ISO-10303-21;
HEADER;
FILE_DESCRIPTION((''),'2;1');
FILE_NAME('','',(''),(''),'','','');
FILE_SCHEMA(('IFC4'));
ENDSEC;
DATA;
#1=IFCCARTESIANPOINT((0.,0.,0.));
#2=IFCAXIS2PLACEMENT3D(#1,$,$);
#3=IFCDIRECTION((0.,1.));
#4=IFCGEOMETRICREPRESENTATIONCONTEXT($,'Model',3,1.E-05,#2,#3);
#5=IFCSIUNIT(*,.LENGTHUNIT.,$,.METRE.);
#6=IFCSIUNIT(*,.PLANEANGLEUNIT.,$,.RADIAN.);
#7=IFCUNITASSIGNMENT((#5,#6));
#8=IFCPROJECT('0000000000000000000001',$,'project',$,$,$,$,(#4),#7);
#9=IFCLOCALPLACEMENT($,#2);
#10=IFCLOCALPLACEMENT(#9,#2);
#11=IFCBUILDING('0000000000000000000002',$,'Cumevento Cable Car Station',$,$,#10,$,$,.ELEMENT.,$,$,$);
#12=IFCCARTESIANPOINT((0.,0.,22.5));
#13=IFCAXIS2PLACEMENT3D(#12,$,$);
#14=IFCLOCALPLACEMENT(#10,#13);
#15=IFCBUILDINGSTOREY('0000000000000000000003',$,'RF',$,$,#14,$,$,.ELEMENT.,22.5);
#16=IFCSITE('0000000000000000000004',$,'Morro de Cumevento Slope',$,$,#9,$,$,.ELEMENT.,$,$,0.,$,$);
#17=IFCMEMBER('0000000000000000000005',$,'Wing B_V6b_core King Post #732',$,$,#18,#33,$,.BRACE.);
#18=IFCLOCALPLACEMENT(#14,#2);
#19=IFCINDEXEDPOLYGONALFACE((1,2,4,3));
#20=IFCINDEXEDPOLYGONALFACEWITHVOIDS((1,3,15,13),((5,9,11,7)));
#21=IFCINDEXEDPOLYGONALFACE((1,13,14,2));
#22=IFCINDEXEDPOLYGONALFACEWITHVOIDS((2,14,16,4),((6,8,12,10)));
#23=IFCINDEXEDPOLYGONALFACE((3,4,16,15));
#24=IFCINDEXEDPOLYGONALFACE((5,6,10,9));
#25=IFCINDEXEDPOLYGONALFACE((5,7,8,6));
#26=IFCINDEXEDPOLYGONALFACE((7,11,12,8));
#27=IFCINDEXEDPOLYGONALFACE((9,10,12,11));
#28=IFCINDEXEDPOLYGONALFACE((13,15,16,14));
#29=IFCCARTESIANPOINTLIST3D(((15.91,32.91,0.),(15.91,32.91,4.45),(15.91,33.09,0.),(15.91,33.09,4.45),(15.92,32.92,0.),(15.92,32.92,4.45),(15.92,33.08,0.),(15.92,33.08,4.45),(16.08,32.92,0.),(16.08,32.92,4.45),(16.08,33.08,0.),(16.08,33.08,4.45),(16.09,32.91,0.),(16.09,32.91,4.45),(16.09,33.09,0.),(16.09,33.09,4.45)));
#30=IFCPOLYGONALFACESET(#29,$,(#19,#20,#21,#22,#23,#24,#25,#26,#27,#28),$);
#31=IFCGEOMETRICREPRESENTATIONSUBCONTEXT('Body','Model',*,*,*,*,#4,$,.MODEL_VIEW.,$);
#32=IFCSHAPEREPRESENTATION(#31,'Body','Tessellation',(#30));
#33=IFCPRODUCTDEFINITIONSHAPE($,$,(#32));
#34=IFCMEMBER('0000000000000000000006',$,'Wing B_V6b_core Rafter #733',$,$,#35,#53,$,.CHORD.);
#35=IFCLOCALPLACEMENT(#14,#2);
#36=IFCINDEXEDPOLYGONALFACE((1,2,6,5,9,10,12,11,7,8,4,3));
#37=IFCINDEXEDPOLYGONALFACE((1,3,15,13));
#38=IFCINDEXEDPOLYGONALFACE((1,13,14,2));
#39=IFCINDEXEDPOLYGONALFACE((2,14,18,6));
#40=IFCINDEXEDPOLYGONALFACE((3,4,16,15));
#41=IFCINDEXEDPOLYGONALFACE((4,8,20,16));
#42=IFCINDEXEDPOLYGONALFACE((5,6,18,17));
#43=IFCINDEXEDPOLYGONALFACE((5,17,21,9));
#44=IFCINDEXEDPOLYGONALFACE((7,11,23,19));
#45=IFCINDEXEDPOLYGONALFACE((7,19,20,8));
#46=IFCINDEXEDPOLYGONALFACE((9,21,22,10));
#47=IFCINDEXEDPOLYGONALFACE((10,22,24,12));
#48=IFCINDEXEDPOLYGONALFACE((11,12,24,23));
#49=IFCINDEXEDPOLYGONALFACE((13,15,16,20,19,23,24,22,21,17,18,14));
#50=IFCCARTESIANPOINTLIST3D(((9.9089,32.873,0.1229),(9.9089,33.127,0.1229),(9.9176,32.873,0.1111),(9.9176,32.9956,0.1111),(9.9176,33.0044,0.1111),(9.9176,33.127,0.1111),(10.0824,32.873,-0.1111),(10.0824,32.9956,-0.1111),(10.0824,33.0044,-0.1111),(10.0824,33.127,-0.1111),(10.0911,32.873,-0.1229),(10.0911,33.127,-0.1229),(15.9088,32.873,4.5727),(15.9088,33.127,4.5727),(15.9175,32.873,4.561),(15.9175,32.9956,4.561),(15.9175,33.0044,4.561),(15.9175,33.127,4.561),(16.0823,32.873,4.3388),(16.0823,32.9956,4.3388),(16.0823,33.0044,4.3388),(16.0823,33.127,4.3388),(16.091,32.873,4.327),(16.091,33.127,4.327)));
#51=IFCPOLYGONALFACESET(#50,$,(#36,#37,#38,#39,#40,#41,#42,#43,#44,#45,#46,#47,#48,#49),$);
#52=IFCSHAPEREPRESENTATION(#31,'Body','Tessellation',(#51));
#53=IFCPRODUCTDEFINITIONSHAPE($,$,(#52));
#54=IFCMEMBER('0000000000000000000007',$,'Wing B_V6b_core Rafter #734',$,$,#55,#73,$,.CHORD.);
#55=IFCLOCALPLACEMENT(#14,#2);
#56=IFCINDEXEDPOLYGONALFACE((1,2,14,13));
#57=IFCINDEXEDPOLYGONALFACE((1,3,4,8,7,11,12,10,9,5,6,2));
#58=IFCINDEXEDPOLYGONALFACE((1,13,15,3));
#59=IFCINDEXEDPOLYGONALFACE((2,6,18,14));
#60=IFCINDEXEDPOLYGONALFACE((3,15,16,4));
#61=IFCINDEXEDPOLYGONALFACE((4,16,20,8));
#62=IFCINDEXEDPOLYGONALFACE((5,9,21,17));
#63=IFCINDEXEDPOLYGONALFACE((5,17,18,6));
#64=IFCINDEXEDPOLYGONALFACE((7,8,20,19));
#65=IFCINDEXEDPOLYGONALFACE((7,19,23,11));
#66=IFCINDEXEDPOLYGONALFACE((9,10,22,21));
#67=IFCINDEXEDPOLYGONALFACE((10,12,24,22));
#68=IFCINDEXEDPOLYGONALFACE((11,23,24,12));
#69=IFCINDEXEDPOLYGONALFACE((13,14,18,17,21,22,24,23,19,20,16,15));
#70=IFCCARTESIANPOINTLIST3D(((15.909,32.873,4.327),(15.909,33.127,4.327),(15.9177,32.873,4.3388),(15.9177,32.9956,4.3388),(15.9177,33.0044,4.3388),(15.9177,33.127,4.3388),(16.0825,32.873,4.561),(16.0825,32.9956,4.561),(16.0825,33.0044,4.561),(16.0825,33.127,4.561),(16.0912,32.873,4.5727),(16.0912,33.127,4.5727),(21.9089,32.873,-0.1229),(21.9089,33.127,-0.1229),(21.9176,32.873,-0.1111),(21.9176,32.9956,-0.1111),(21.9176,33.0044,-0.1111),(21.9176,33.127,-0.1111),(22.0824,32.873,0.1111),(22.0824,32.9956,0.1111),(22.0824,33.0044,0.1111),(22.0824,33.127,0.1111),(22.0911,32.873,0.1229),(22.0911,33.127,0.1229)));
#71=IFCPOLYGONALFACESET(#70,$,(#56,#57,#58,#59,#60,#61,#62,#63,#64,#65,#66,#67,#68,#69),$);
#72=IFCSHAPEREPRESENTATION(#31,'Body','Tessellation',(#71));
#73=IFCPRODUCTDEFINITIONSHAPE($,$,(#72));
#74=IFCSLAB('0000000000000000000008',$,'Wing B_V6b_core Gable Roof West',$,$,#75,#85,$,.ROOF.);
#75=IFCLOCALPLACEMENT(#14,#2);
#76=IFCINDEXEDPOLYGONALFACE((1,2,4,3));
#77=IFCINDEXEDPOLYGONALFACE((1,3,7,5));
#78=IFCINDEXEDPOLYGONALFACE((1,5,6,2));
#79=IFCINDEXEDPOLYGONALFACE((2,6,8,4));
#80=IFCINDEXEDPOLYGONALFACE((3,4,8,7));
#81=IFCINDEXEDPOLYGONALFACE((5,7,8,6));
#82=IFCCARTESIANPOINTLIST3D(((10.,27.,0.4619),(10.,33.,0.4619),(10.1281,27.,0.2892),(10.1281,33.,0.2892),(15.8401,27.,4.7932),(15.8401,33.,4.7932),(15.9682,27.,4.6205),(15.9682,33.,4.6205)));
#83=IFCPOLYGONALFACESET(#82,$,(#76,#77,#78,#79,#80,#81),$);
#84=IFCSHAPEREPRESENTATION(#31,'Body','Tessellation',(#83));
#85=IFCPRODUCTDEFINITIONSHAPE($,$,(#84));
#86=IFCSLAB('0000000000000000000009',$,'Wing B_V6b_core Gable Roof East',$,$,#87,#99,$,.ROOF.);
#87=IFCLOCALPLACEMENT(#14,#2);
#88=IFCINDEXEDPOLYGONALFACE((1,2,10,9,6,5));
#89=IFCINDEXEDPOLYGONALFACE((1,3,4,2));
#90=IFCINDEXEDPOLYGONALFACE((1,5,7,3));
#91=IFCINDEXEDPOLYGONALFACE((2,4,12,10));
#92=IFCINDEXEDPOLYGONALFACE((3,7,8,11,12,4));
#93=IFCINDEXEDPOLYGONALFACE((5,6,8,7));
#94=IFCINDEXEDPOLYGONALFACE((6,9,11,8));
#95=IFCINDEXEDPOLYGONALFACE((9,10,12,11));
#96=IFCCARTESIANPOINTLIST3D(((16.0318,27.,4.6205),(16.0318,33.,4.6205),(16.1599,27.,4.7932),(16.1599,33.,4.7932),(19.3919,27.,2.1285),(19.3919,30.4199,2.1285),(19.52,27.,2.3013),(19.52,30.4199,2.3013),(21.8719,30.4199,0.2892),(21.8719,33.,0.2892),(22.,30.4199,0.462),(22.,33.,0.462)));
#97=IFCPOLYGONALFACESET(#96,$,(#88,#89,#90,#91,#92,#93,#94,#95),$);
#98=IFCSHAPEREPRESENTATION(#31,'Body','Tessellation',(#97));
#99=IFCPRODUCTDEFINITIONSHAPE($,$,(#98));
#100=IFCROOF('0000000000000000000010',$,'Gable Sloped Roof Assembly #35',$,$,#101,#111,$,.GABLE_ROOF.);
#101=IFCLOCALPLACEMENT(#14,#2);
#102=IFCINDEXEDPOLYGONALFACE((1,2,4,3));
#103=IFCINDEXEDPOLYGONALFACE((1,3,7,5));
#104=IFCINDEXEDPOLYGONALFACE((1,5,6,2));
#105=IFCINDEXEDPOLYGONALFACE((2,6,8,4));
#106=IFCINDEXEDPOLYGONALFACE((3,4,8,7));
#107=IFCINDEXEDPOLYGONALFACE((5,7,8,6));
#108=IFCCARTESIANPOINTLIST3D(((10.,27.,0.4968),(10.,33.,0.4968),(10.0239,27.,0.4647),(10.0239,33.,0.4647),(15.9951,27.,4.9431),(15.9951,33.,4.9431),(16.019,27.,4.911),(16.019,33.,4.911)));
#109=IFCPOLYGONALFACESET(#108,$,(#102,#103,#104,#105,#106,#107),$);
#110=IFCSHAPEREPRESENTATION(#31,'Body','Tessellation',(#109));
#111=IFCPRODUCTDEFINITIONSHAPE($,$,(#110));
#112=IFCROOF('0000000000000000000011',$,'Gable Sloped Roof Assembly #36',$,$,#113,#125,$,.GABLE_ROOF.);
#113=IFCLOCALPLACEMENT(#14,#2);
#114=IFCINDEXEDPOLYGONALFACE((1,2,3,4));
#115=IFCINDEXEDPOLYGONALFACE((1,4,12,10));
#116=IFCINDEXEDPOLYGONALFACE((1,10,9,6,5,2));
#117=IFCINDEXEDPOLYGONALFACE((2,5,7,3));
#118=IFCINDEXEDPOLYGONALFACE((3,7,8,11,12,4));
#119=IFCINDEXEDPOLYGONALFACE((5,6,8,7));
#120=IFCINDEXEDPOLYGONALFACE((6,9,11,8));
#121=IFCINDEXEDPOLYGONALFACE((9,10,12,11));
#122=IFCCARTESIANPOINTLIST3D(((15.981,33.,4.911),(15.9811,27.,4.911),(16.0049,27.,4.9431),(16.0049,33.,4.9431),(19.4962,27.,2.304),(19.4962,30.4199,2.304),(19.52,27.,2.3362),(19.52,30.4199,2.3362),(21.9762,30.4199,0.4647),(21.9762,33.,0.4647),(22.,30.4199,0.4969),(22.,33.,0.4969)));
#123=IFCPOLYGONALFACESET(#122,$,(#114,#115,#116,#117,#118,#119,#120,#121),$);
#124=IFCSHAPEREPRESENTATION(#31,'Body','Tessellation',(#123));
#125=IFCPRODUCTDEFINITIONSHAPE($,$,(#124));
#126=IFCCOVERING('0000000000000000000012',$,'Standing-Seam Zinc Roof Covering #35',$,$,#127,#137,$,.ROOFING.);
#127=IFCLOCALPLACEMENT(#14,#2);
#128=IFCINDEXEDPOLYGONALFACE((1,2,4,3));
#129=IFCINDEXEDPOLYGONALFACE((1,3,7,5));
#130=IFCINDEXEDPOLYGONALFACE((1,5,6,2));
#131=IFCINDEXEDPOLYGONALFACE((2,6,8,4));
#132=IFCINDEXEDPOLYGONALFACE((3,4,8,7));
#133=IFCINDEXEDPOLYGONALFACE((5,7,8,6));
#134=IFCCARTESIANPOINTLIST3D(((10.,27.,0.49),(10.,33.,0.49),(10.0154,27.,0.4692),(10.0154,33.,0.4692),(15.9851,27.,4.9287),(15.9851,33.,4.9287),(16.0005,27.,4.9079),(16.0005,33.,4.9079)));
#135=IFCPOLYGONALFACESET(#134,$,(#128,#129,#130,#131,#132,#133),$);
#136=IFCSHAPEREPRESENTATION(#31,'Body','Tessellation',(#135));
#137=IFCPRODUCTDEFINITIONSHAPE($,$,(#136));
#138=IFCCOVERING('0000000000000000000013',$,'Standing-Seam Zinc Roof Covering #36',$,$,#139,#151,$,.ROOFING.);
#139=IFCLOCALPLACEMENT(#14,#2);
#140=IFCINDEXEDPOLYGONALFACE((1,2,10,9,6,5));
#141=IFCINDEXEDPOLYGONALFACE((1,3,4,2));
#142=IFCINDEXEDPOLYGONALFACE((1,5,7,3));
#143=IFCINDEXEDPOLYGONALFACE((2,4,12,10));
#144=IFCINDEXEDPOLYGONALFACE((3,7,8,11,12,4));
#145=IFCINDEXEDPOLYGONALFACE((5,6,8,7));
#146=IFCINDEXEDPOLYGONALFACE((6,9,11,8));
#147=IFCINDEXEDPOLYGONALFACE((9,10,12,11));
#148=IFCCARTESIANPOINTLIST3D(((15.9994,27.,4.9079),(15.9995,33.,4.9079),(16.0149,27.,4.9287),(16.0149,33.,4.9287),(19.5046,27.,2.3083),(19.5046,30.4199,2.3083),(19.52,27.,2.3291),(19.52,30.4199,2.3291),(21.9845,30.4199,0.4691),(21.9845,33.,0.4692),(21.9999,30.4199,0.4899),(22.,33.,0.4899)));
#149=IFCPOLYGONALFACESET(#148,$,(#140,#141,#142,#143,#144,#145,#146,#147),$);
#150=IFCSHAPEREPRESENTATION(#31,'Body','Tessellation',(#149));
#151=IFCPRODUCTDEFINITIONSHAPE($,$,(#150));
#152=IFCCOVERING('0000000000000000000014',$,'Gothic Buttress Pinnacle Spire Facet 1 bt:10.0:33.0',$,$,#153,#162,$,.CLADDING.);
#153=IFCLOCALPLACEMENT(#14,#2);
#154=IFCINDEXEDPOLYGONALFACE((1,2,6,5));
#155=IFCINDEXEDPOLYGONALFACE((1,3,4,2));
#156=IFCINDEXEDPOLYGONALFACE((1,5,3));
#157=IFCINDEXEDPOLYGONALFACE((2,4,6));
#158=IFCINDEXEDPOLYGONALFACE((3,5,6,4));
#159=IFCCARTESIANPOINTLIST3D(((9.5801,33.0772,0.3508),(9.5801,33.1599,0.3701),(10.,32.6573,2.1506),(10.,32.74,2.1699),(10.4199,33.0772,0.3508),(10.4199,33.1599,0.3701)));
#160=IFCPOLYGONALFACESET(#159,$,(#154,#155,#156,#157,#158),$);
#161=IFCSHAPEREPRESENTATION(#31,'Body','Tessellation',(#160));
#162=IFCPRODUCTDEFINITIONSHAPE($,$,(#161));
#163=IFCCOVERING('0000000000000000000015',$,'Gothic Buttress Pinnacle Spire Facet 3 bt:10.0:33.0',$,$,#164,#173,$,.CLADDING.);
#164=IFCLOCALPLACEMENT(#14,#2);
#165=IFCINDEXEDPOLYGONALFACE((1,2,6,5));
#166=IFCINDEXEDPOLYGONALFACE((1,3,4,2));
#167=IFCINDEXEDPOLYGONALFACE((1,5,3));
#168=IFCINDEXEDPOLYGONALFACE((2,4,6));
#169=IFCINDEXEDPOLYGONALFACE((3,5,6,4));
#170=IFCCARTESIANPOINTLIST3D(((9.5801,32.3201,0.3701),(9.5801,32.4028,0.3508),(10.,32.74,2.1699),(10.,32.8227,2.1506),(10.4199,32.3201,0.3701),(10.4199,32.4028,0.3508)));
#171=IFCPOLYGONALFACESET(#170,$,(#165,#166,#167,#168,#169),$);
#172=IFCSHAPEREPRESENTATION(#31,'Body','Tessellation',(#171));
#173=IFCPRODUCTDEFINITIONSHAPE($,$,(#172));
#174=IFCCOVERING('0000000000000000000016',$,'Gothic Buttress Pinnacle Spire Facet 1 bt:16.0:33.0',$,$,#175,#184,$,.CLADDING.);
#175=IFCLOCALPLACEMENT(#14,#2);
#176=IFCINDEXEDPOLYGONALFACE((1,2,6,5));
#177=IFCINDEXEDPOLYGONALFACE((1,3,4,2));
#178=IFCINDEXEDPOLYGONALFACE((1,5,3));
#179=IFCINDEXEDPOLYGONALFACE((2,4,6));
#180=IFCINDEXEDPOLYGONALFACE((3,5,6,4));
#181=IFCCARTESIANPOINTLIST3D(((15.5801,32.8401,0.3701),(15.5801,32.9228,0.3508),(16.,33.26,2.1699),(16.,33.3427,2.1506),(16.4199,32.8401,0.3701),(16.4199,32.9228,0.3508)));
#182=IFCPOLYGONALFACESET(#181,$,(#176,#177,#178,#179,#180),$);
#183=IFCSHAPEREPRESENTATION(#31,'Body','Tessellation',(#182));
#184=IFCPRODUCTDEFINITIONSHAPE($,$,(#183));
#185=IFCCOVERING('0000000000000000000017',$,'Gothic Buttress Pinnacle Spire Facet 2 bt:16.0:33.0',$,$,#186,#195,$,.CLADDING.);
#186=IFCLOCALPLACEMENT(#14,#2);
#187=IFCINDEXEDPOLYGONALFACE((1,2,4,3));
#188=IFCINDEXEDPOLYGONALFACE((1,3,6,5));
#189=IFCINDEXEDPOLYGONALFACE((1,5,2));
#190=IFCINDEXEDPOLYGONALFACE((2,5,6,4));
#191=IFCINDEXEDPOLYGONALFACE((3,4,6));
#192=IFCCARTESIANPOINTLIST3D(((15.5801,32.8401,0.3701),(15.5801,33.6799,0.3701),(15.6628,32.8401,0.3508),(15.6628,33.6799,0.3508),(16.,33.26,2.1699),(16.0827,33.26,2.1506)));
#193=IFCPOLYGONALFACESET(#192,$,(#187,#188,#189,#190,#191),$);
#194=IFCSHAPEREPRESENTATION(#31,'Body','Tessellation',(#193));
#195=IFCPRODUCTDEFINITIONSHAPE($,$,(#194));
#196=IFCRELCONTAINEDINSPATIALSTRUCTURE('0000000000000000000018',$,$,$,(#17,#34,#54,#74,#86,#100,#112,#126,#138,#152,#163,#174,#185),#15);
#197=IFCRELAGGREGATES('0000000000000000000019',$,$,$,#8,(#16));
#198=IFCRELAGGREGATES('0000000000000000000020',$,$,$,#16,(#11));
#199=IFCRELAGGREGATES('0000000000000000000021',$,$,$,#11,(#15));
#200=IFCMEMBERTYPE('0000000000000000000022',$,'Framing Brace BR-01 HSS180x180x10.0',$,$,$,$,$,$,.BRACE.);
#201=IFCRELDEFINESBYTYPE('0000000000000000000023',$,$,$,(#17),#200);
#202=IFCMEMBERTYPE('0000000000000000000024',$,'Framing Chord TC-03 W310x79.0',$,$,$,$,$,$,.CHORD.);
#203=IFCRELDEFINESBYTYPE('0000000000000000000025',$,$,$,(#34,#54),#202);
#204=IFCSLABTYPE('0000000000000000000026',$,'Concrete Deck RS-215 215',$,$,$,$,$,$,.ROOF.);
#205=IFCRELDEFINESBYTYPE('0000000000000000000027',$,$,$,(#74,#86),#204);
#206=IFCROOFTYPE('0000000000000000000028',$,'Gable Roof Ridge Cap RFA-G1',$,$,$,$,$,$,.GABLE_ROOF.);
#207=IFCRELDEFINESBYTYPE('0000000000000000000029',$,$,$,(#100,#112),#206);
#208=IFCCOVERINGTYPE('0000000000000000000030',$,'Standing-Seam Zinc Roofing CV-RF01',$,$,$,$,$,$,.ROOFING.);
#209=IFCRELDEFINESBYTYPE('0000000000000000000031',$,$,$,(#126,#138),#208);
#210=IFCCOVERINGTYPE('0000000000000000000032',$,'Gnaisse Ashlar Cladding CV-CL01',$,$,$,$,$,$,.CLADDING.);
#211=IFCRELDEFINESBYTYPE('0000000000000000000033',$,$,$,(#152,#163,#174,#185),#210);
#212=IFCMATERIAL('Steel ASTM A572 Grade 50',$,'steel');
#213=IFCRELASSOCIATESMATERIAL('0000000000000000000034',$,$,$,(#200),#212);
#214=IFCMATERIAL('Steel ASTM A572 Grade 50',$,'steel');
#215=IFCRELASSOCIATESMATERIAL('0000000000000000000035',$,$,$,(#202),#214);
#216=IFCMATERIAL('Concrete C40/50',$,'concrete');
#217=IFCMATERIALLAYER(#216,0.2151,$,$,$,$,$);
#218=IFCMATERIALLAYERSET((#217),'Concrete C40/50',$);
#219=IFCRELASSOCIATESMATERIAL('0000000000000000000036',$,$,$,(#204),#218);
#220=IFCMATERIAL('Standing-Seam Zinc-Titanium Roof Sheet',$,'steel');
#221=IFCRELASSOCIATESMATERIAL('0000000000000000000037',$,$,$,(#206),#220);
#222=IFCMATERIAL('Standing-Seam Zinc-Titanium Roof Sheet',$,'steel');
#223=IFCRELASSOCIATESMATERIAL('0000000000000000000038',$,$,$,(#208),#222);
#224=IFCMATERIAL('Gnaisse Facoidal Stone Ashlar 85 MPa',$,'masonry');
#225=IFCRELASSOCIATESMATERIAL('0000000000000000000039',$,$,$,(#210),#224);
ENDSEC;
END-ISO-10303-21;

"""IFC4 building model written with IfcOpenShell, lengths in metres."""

from ifc_helpers import new_model, si_unit, direction, frame, origin, origin_2d, place, context, subcontext, project, spatial, polyline, hollow_rectangle, i_section, outline, extrude, material, layer, layer_set, material_profile, profile_set, type_object, element, save


model = new_model("IFC4")

# Units and contexts
model_context = context("Model", 3, precision=1e-05, world=origin(), true_north=direction((0.0, 1.0)))
body_context = subcontext(model_context, "Body", "Model", "MODEL_VIEW")
ifc_project = project(units=[si_unit("LENGTHUNIT", "METRE"), si_unit("PLANEANGLEUNIT", "RADIAN")], contexts=[model_context])

# Site, building, storey
site_placement = place(None, origin())
site = spatial("IfcSite", under=ifc_project, at=site_placement, Name="Morro de Cumevento Slope", CompositionType="ELEMENT", RefElevation=0.0)
building_placement = place(site_placement, origin())
building = spatial("IfcBuilding", under=site, at=building_placement, Name="Cumevento Cable Car Station", CompositionType="ELEMENT")
storey_placement = place(building_placement, frame((0.0, 0.0, 22.5)))
storey = spatial("IfcBuildingStorey", under=building, at=storey_placement, Name="RF", CompositionType="ELEMENT", Elevation=22.5)

# Members
ifc_material_1 = material(Name="Steel ASTM A572 Grade 50", Category="steel")
ifc_material_profile_1 = material_profile(ifc_material_1, hollow_rectangle(XDim=0.1799, YDim=0.1799, WallThickness=0.01, at=origin_2d()), Name="HSS180x180x10.0")
ifc_profile_set_1 = profile_set([ifc_material_profile_1], Name="Steel ASTM A572 Grade 50")
member_type_1 = type_object("IfcMemberType", Name="Framing Brace BR-01 HSS180x180x10.0", PredefinedType="BRACE", material=ifc_profile_set_1)
member_placement = place(storey_placement, frame((16.0, 33.0, 0.0), z_axis=(0.0, 0.0, 1.0), x_axis=(1.0, 0.0, 0.0)))
element("IfcMember", 1, at=member_placement, inside=storey, type_object=member_type_1, Name="Wing B_V6b_core King Post #732", PredefinedType="BRACE", context=body_context, shape_type="SweptSolid", body=[
    extrude(hollow_rectangle(XDim=0.1799, YDim=0.1799, WallThickness=0.01, at=origin_2d()), origin(), (0.0, 0.0, 1.0), 4.45),
])
ifc_material_2 = material(Name="Steel ASTM A572 Grade 50", Category="steel")
ifc_material_profile_2 = material_profile(ifc_material_2, i_section(OverallWidth=0.2539, OverallDepth=0.3059, WebThickness=0.0088, FlangeThickness=0.0146, at=origin_2d()), Name="W310x79.0")
ifc_profile_set_2 = profile_set([ifc_material_profile_2], Name="Steel ASTM A572 Grade 50")
member_type_2 = type_object("IfcMemberType", Name="Framing Chord TC-03 W310x79.0", PredefinedType="CHORD", material=ifc_profile_set_2)
for number, where, z_axis, x_axis, name in (
    (2, (10.0, 33.0, 0.0), (0.803204, 0.0, 0.595703), (0.0, 1.0, 0.0), "Wing B_V6b_core Rafter #733"),
    (3, (22.0, 33.0, 0.0), (-0.803204, 0.0, 0.595703), (0.0, -1.0, 0.0), "Wing B_V6b_core Rafter #734"),
):
    element("IfcMember", number, at=place(storey_placement, frame(where, z_axis=z_axis, x_axis=x_axis)), inside=storey, type_object=member_type_2, Name=name, PredefinedType="CHORD", context=body_context, shape_type="SweptSolid", body=[
        extrude(i_section(OverallWidth=0.2539, OverallDepth=0.3059, WebThickness=0.0088, FlangeThickness=0.0146, at=origin_2d()), origin(), (0.0, 0.0, 1.0), 7.47),
    ])

# Slabs
ifc_material_3 = material(Name="Concrete C40/50", Category="concrete")
ifc_layer = layer(ifc_material_3, 0.2151)
ifc_layer_set = layer_set([ifc_layer], Name="Concrete C40/50")
slab_type = type_object("IfcSlabType", Name="Concrete Deck RS-215 215", PredefinedType="ROOF", material=ifc_layer_set)
slab_1_placement = place(storey_placement, frame((10.0, 33.0, 0.4619), z_axis=(-0.595699, 0.0, 0.803208), x_axis=(0.0, -1.0, 0.0)))
element("IfcSlab", 4, at=slab_1_placement, inside=storey, type_object=slab_type, Name="Wing B_V6b_core Gable Roof West", PredefinedType="ROOF", context=body_context, shape_type="SweptSolid", body=[
    extrude(outline(polyline([(0.0, 0.0), (6.0, 0.0), (6.0, 7.271), (0.0, 7.271), (0.0, 0.0)])), origin(), (0.0, 0.0, -1.0), 0.2151),
])
slab_2_placement = place(storey_placement, frame((16.1599, 33.0, 4.7932), z_axis=(0.595694, 0.000007, 0.803212), x_axis=(0.000004, -1.0, 0.000006)))
element("IfcSlab", 5, at=slab_2_placement, inside=storey, type_object=slab_type, Name="Wing B_V6b_core Gable Roof East", PredefinedType="ROOF", context=body_context, shape_type="SweptSolid", body=[
    extrude(outline(polyline([(0.0, 0.0), (6.0, 0.0), (6.0, 4.1833), (2.5801, 4.1833), (2.5801, 7.271), (0.0, 7.271), (0.0, 0.0)])), origin(), (0.0, 0.0, -1.0), 0.2151),
])

# Roofs
ifc_material_4 = material(Name="Standing-Seam Zinc-Titanium Roof Sheet", Category="steel")
roof_type = type_object("IfcRoofType", Name="Gable Roof Ridge Cap RFA-G1", PredefinedType="GABLE_ROOF", material=ifc_material_4)
roof_1_placement = place(storey_placement, frame((10.0, 33.0, 0.4968), z_axis=(-0.5957, 0.0, 0.803207), x_axis=(0.0, -1.0, 0.0)))
element("IfcRoof", 6, at=roof_1_placement, inside=storey, type_object=roof_type, Name="Gable Sloped Roof Assembly #35", PredefinedType="GABLE_ROOF", context=body_context, shape_type="SweptSolid", body=[
    extrude(outline(polyline([(0.0, 0.0), (6.0, 0.0), (6.0, 7.464), (0.0, 7.464), (0.0, 0.0)])), origin(), (0.0, 0.0, -1.0), 0.04),
])
roof_2_placement = place(storey_placement, frame((16.0049, 33.0, 4.9431), z_axis=(0.595695, 0.000006, 0.803211), x_axis=(0.000004, -1.0, 0.000005)))
element("IfcRoof", 7, at=roof_2_placement, inside=storey, type_object=roof_type, Name="Gable Sloped Roof Assembly #36", PredefinedType="GABLE_ROOF", context=body_context, shape_type="SweptSolid", body=[
    extrude(outline(polyline([(0.0, 0.0), (6.0, 0.0), (6.0, 4.3763), (2.5801, 4.3763), (2.5801, 7.464), (0.0, 7.464), (0.0, 0.0)])), origin(), (0.0, 0.0, -1.0), 0.04),
])

# Coverings
ifc_material_5 = material(Name="Standing-Seam Zinc-Titanium Roof Sheet", Category="steel")
covering_type_1 = type_object("IfcCoveringType", Name="Standing-Seam Zinc Roofing CV-RF01", PredefinedType="ROOFING", material=ifc_material_5)
covering_1_placement = place(storey_placement, frame((10.0, 33.0, 0.49), z_axis=(-0.595687, 0.0, 0.803216), x_axis=(0.0, -1.0, 0.0)))
element("IfcCovering", 8, at=covering_1_placement, inside=storey, type_object=covering_type_1, Name="Standing-Seam Zinc Roof Covering #35", PredefinedType="ROOFING", context=body_context, shape_type="SweptSolid", body=[
    extrude(outline(polyline([(0.0, 0.0), (6.0, 0.0), (6.0, 7.4514), (0.0, 7.4514), (0.0, 0.0)])), origin(), (0.0, 0.0, -1.0), 0.0259),
])
covering_2_placement = place(storey_placement, frame((16.0149, 33.0, 4.9287), z_axis=(0.595695, -0.00001, 0.803211), x_axis=(-0.000006, -1.0, -0.000008)))
element("IfcCovering", 9, at=covering_2_placement, inside=storey, type_object=covering_type_1, Name="Standing-Seam Zinc Roof Covering #36", PredefinedType="ROOFING", context=body_context, shape_type="SweptSolid", body=[
    extrude(outline(polyline([(0.0, 0.0), (6.0, 0.0), (6.0, 4.3639), (2.5801, 4.3639), (2.5801, 7.4514), (0.0, 7.4514), (0.0, 0.0)])), origin(), (0.0, 0.0, -1.0), 0.0259),
])
ifc_material_6 = material(Name="Gnaisse Facoidal Stone Ashlar 85 MPa", Category="masonry")
covering_type_2 = type_object("IfcCoveringType", Name="Gnaisse Ashlar Cladding CV-CL01", PredefinedType="CLADDING", material=ifc_material_6)
for number, where, z_axis, x_axis, name in (
    (10, (9.5801, 33.1599, 0.3701), (0.0, 0.973845, 0.227213), (1.0, 0.0, 0.0), "Gothic Buttress Pinnacle Spire Facet 1 bt:10.0:33.0"),
    (11, (10.4199, 32.3201, 0.3701), (0.0, -0.973845, 0.227213), (-1.0, 0.0, 0.0), "Gothic Buttress Pinnacle Spire Facet 3 bt:10.0:33.0"),
    (12, (16.4199, 32.8401, 0.3701), (0.0, -0.973845, 0.227213), (-1.0, 0.0, 0.0), "Gothic Buttress Pinnacle Spire Facet 1 bt:16.0:33.0"),
    (13, (15.5801, 32.8401, 0.3701), (-0.973845, 0.0, 0.227213), (0.0, 1.0, 0.0), "Gothic Buttress Pinnacle Spire Facet 2 bt:16.0:33.0"),
):
    element("IfcCovering", number, at=place(storey_placement, frame(where, z_axis=z_axis, x_axis=x_axis)), inside=storey, type_object=covering_type_2, Name=name, PredefinedType="CLADDING", context=body_context, shape_type="SweptSolid", body=[
        extrude(outline(polyline([(0.0, 0.0), (0.8398, 0.0), (0.4199, -1.8481), (0.0, 0.0)])), origin(), (0.0, 0.0, -1.0), 0.085),
    ])

save(model, "model.ifc")
